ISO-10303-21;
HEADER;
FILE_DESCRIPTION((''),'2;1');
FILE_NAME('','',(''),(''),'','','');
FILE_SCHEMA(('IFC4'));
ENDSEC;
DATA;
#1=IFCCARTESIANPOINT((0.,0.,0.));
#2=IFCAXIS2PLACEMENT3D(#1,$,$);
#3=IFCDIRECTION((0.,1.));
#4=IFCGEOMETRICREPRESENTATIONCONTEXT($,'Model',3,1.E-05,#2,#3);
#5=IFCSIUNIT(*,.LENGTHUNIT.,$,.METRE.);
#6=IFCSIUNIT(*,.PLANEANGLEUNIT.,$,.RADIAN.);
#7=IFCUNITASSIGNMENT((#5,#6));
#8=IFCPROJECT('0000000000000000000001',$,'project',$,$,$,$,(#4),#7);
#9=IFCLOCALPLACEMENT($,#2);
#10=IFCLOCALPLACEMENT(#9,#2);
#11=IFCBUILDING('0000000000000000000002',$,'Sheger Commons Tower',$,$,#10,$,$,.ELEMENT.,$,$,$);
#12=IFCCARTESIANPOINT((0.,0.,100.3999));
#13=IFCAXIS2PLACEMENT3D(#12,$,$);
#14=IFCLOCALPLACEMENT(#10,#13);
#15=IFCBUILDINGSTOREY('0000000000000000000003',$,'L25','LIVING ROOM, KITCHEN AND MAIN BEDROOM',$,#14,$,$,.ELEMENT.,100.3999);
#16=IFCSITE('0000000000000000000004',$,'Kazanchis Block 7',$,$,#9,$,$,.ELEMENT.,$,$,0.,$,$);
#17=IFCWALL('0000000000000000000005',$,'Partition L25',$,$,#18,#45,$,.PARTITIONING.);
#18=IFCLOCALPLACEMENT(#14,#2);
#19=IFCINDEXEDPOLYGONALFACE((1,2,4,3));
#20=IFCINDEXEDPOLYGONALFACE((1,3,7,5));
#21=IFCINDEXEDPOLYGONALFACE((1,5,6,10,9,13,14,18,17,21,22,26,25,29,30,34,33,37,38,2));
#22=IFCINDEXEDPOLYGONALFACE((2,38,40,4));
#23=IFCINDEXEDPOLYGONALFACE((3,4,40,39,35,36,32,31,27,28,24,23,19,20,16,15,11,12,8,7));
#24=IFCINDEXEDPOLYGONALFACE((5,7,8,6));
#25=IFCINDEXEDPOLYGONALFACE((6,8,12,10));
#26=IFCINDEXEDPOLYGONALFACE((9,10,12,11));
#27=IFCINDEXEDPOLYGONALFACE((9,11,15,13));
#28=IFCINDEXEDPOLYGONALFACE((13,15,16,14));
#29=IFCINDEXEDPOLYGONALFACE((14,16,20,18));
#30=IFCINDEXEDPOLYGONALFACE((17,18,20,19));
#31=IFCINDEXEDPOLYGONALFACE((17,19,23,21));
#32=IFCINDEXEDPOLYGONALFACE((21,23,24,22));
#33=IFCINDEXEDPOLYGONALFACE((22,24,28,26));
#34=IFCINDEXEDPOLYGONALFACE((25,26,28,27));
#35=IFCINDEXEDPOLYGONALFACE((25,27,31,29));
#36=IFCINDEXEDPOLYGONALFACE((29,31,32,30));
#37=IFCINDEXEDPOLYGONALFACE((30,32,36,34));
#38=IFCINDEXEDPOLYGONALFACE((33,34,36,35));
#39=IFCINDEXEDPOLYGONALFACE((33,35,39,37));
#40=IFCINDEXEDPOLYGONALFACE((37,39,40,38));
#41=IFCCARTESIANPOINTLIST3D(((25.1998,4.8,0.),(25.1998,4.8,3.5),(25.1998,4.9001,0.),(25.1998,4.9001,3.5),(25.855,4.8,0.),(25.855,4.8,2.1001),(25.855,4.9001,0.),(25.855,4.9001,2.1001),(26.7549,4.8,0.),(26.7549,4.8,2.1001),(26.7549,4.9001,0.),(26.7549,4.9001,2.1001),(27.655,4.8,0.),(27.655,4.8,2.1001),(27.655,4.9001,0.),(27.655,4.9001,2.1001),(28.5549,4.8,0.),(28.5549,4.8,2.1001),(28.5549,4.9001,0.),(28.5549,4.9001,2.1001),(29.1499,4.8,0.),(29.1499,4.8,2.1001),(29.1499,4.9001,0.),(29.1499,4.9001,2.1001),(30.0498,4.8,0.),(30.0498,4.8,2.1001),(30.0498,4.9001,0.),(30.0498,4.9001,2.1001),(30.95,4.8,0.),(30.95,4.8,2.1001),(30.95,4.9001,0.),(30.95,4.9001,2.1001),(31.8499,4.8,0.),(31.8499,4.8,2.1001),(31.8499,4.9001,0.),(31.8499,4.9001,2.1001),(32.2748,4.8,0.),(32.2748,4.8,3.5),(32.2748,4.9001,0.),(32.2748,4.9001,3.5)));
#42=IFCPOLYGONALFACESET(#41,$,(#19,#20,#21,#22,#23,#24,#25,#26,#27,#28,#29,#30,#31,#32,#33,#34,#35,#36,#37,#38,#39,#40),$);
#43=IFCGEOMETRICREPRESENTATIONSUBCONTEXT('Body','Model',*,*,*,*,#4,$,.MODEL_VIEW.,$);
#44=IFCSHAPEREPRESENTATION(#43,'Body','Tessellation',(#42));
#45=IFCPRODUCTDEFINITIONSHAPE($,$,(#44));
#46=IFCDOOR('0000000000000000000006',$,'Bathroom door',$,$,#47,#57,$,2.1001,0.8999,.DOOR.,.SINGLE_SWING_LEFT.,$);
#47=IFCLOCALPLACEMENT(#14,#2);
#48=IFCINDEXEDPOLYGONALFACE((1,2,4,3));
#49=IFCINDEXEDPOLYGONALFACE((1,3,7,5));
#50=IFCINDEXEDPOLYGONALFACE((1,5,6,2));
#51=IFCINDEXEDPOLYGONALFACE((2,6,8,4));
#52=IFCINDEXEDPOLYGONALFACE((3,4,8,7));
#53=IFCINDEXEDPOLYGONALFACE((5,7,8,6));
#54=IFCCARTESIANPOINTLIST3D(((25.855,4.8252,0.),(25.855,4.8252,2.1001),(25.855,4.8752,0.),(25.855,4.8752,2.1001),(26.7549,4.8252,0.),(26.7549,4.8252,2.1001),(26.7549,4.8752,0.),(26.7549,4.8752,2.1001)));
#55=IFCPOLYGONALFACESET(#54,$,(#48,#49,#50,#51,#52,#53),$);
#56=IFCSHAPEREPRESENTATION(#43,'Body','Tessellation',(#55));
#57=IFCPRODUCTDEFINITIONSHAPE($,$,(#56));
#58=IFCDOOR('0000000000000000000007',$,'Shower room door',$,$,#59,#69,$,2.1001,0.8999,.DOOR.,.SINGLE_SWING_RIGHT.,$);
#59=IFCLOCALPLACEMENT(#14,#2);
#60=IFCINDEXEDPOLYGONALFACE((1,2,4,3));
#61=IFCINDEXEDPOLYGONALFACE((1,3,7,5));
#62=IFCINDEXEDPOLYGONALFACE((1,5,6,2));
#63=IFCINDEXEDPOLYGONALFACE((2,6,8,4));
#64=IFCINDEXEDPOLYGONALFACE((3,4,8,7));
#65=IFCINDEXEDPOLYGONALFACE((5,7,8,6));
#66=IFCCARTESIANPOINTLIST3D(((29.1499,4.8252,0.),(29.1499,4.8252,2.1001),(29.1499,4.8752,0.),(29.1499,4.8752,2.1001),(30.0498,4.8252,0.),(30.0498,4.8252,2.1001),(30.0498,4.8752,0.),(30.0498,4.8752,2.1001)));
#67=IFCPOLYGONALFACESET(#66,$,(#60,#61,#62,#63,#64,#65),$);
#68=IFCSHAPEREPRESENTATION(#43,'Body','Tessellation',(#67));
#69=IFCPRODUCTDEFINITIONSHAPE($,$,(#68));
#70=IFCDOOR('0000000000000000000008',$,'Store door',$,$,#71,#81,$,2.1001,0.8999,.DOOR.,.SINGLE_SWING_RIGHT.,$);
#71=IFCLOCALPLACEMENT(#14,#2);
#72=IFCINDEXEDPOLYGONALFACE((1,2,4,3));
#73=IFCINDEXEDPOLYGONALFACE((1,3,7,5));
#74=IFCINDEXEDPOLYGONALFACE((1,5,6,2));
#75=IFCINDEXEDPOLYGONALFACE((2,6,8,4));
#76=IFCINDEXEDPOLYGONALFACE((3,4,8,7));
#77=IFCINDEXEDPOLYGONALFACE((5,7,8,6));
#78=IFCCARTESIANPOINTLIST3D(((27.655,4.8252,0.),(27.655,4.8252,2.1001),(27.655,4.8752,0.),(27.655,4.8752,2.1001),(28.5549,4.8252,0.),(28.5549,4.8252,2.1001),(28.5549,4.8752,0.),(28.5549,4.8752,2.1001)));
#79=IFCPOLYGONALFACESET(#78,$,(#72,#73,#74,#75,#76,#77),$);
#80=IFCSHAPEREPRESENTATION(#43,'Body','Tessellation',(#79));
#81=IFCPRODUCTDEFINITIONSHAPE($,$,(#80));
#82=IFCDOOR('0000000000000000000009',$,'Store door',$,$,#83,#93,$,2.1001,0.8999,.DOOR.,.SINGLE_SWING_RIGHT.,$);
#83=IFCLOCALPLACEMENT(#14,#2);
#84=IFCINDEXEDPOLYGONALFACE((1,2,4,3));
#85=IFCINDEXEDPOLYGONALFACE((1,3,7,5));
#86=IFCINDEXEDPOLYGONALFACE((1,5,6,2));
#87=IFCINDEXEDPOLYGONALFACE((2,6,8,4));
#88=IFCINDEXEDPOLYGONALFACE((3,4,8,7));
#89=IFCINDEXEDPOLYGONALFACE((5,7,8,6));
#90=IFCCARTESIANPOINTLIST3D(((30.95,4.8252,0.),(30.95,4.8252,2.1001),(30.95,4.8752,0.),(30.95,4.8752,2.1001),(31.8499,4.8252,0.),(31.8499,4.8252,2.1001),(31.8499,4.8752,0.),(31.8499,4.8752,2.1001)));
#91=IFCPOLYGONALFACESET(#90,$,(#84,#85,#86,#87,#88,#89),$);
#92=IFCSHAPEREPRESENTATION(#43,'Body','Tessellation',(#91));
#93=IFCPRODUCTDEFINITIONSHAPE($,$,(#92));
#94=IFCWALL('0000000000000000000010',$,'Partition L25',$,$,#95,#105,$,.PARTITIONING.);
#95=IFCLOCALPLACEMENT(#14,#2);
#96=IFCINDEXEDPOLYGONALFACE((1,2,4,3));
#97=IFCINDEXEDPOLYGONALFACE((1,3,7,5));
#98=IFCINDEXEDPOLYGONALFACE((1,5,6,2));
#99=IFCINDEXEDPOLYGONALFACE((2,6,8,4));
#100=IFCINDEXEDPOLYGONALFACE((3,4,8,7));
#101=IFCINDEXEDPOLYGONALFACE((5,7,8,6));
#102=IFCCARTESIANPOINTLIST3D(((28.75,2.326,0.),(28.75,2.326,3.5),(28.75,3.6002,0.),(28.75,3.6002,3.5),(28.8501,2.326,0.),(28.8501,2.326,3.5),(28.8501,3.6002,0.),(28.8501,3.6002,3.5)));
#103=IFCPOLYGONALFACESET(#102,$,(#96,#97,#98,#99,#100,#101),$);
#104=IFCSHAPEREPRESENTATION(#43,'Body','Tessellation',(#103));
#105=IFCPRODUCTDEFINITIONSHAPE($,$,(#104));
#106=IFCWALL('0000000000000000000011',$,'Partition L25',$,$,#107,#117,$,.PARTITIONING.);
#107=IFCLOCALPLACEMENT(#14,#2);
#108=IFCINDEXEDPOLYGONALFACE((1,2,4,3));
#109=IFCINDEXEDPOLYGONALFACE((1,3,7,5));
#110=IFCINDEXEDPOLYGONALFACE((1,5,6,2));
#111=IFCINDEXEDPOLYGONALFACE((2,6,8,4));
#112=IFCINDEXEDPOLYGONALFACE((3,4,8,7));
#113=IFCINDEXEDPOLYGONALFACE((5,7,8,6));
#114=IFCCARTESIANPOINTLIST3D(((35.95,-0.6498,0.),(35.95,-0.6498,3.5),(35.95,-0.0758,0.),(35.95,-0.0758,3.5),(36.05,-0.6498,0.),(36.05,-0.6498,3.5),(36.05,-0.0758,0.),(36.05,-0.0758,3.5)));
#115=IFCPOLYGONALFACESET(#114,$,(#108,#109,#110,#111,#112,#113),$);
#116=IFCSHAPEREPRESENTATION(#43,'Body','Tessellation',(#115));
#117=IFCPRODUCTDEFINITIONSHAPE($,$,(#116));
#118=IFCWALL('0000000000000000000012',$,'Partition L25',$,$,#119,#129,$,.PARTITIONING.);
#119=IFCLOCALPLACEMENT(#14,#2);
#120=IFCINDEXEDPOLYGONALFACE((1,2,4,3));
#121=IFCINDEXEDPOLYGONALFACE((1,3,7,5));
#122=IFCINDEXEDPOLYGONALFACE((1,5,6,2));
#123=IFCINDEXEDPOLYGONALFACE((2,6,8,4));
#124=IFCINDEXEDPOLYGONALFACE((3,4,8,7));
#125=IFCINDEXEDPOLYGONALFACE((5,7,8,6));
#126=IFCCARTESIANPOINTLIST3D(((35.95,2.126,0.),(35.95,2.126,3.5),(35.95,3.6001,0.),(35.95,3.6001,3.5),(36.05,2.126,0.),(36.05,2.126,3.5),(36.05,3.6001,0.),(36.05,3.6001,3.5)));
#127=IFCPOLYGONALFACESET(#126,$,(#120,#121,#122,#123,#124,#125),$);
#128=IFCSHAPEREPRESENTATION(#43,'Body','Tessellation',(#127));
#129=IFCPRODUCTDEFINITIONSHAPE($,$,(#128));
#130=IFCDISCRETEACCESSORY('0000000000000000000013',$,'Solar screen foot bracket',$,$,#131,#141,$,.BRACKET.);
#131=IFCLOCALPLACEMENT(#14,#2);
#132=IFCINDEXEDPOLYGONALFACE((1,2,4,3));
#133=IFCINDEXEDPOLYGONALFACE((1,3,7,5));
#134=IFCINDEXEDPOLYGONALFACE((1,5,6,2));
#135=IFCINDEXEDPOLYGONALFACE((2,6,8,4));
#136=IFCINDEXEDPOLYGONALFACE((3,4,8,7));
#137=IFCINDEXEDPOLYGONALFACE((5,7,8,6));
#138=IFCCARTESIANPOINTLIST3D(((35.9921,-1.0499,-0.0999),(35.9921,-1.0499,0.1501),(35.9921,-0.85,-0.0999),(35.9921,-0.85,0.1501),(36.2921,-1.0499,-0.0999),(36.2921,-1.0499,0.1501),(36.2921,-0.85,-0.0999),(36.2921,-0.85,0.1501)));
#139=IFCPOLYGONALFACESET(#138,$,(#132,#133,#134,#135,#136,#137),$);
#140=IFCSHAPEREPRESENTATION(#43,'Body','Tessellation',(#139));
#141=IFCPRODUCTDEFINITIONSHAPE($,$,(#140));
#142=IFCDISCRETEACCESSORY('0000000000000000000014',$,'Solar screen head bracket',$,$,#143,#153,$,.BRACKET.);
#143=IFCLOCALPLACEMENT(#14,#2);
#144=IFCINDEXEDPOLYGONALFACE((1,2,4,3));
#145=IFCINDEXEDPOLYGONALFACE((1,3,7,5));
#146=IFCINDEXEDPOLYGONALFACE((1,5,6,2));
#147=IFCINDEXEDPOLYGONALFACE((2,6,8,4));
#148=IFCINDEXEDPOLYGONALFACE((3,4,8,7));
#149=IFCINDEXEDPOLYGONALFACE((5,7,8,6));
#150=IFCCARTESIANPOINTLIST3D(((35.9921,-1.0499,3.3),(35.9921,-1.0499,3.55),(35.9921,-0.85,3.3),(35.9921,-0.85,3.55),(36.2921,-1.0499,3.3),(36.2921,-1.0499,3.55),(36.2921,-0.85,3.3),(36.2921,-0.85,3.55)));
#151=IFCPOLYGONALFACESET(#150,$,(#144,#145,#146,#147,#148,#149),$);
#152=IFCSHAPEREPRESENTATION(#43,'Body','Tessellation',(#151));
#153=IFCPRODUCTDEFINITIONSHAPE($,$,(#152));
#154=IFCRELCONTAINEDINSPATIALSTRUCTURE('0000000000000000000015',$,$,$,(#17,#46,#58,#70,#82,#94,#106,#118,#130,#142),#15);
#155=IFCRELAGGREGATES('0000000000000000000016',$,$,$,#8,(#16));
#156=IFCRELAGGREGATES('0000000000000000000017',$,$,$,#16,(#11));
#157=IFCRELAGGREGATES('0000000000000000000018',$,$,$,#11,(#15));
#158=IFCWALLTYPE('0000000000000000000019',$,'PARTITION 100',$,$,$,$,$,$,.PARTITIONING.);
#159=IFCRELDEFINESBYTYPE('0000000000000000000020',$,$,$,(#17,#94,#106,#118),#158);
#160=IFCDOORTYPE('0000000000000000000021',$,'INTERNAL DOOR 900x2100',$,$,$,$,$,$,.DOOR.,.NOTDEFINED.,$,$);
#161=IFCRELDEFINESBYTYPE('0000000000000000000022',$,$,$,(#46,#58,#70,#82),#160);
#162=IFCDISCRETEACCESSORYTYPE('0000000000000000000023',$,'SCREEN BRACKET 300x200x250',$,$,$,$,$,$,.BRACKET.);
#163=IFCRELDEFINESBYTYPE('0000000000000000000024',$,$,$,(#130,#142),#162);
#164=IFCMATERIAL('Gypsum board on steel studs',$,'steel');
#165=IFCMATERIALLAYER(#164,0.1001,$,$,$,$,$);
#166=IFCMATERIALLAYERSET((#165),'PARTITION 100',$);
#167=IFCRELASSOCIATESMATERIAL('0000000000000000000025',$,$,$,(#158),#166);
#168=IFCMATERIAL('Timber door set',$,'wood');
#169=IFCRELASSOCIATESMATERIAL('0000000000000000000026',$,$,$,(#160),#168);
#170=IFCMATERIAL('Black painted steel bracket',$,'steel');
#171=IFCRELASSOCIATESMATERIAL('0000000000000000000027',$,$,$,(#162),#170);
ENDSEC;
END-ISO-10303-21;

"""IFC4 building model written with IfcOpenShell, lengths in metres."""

from ifc_helpers import new_model, si_unit, direction, frame, frame_2d, origin, origin_2d, place, context, subcontext, project, spatial, rectangle, extrude, material, layer, layer_set, type_object, element, fill, save


model = new_model("IFC4")

# Units and contexts
model_context = context("Model", 3, precision=1e-05, world=origin(), true_north=direction((0.0, 1.0)))
body_context = subcontext(model_context, "Body", "Model", "MODEL_VIEW")
ifc_project = project(units=[si_unit("LENGTHUNIT", "METRE"), si_unit("PLANEANGLEUNIT", "RADIAN")], contexts=[model_context])

# Site, building, storey
site_placement = place(None, origin())
site = spatial("IfcSite", under=ifc_project, at=site_placement, Name="Kazanchis Block 7", CompositionType="ELEMENT", RefElevation=0.0)
building_placement = place(site_placement, origin())
building = spatial("IfcBuilding", under=site, at=building_placement, Name="Sheger Commons Tower", CompositionType="ELEMENT")
storey_placement = place(building_placement, frame((0.0, 0.0, 100.3999)))
storey = spatial("IfcBuildingStorey", under=building, at=storey_placement, Name="L25", Description="LIVING ROOM, KITCHEN AND MAIN BEDROOM", CompositionType="ELEMENT", Elevation=100.3999)

# Wall, openings, doors
ifc_material_1 = material(Name="Gypsum board on steel studs", Category="steel")
ifc_layer_1 = layer(ifc_material_1, 0.1001)
ifc_layer_set_1 = layer_set([ifc_layer_1], Name="PARTITION 100")
wall_type_1 = type_object("IfcWallType", Name="PARTITION 100", PredefinedType="PARTITIONING", material=ifc_layer_set_1)
ifc_material_2 = material(Name="Timber door set", Category="wood")
door_type = type_object("IfcDoorType", Name="INTERNAL DOOR 900x2100", OperationType="NOTDEFINED", PredefinedType="DOOR", material=ifc_material_2)
wall_1_placement = place(storey_placement, frame((32.2749, 4.8501, 0.0), z_axis=(0.0, 0.0, 1.0), x_axis=(-1.0, 0.0, 0.0)))
wall_1 = element("IfcWall", 1, at=wall_1_placement, inside=storey, type_object=wall_type_1, Name="Partition L25", PredefinedType="PARTITIONING", context=body_context, shape_type="SweptSolid", body=[
    extrude(rectangle(XDim=7.075, YDim=0.1001, at=frame_2d((3.5376, 0.0))), origin(), (0.0, 0.0, 1.0), 3.5),
])
opening_1_placement = place(wall_1_placement, frame((5.52, 0.0, 0.0)))
opening_1 = element("IfcOpeningElement", 2, at=opening_1_placement, cuts=wall_1, PredefinedType="OPENING", context=body_context, shape_type="SweptSolid", body=[
    extrude(rectangle(XDim=0.8999, YDim=2.1001, at=frame_2d((0.45, 1.05))), frame((0.0, 0.0601, 0.0), z_axis=(0.0, -1.0, 0.0), x_axis=(1.0, 0.0, 0.0)), (0.0, 0.0, 1.0), 0.1201),
])
opening_2_placement = place(wall_1_placement, frame((2.2251, 0.0, 0.0)))
opening_2 = element("IfcOpeningElement", 3, at=opening_2_placement, cuts=wall_1, PredefinedType="OPENING", context=body_context, shape_type="SweptSolid", body=[
    extrude(rectangle(XDim=0.8999, YDim=2.1001, at=frame_2d((0.45, 1.05))), frame((0.0, 0.0601, 0.0), z_axis=(0.0, -1.0, 0.0), x_axis=(1.0, 0.0, 0.0)), (0.0, 0.0, 1.0), 0.1201),
])
opening_3_placement = place(wall_1_placement, frame((3.72, 0.0, 0.0)))
opening_3 = element("IfcOpeningElement", 4, at=opening_3_placement, cuts=wall_1, PredefinedType="OPENING", context=body_context, shape_type="SweptSolid", body=[
    extrude(rectangle(XDim=0.8999, YDim=2.1001, at=frame_2d((0.45, 1.05))), frame((0.0, 0.0601, 0.0), z_axis=(0.0, -1.0, 0.0), x_axis=(1.0, 0.0, 0.0)), (0.0, 0.0, 1.0), 0.1201),
])
opening_4_placement = place(wall_1_placement, frame((0.425, 0.0, 0.0)))
opening_4 = element("IfcOpeningElement", 5, at=opening_4_placement, cuts=wall_1, PredefinedType="OPENING", context=body_context, shape_type="SweptSolid", body=[
    extrude(rectangle(XDim=0.8999, YDim=2.1001, at=frame_2d((0.45, 1.05))), frame((0.0, 0.0601, 0.0), z_axis=(0.0, -1.0, 0.0), x_axis=(1.0, 0.0, 0.0)), (0.0, 0.0, 1.0), 0.1201),
])
door_1_placement = place(opening_1_placement, origin())
door_1 = element("IfcDoor", 6, at=door_1_placement, inside=storey, type_object=door_type, Name="Bathroom door", OperationType="SINGLE_SWING_LEFT", OverallHeight=2.1001, OverallWidth=0.8999, PredefinedType="DOOR", context=body_context, shape_type="SweptSolid", body=[
    extrude(rectangle(XDim=0.8999, YDim=2.1001, at=frame_2d((0.45, 1.05))), frame((0.0, 0.0249, 0.0), z_axis=(0.0, -1.0, 0.0), x_axis=(1.0, 0.0, 0.0)), (0.0, 0.0, 1.0), 0.05),
])
fill(opening_1, door_1)
door_2_placement = place(opening_2_placement, origin())
door_2 = element("IfcDoor", 7, at=door_2_placement, inside=storey, type_object=door_type, Name="Shower room door", OperationType="SINGLE_SWING_RIGHT", OverallHeight=2.1001, OverallWidth=0.8999, PredefinedType="DOOR", context=body_context, shape_type="SweptSolid", body=[
    extrude(rectangle(XDim=0.8999, YDim=2.1001, at=frame_2d((0.45, 1.05))), frame((0.0, 0.0249, 0.0), z_axis=(0.0, -1.0, 0.0), x_axis=(1.0, 0.0, 0.0)), (0.0, 0.0, 1.0), 0.05),
])
fill(opening_2, door_2)
door_3_placement = place(opening_3_placement, origin())
door_3 = element("IfcDoor", 8, at=door_3_placement, inside=storey, type_object=door_type, Name="Store door", OperationType="SINGLE_SWING_RIGHT", OverallHeight=2.1001, OverallWidth=0.8999, PredefinedType="DOOR", context=body_context, shape_type="SweptSolid", body=[
    extrude(rectangle(XDim=0.8999, YDim=2.1001, at=frame_2d((0.45, 1.05))), frame((0.0, 0.0249, 0.0), z_axis=(0.0, -1.0, 0.0), x_axis=(1.0, 0.0, 0.0)), (0.0, 0.0, 1.0), 0.05),
])
fill(opening_3, door_3)
door_4_placement = place(opening_4_placement, origin())
door_4 = element("IfcDoor", 9, at=door_4_placement, inside=storey, type_object=door_type, Name="Store door", OperationType="SINGLE_SWING_RIGHT", OverallHeight=2.1001, OverallWidth=0.8999, PredefinedType="DOOR", context=body_context, shape_type="SweptSolid", body=[
    extrude(rectangle(XDim=0.8999, YDim=2.1001, at=frame_2d((0.45, 1.05))), frame((0.0, 0.0249, 0.0), z_axis=(0.0, -1.0, 0.0), x_axis=(1.0, 0.0, 0.0)), (0.0, 0.0, 1.0), 0.05),
])
fill(opening_4, door_4)

# Walls
wall_2_placement = place(storey_placement, frame((28.8, 2.3259, 0.0), z_axis=(0.0, 0.0, 1.0), x_axis=(0.0, 1.0, 0.0)))
element("IfcWall", 10, at=wall_2_placement, inside=storey, type_object=wall_type_1, Name="Partition L25", PredefinedType="PARTITIONING", context=body_context, shape_type="SweptSolid", body=[
    extrude(rectangle(XDim=1.2742, YDim=0.1001, at=frame_2d((0.6372, 0.0))), origin(), (0.0, 0.0, 1.0), 3.5),
])
wall_3_placement = place(storey_placement, frame((36.0, -0.6499, 0.0), z_axis=(0.0, 0.0, 1.0), x_axis=(0.0, 1.0, 0.0)))
element("IfcWall", 11, at=wall_3_placement, inside=storey, type_object=wall_type_1, Name="Partition L25", PredefinedType="PARTITIONING", context=body_context, shape_type="SweptSolid", body=[
    extrude(rectangle(XDim=0.574, YDim=0.1001, at=frame_2d((0.2871, 0.0))), origin(), (0.0, 0.0, 1.0), 3.5),
])
wall_4_placement = place(storey_placement, frame((36.0, 2.126, 0.0), z_axis=(0.0, 0.0, 1.0), x_axis=(0.0, 1.0, 0.0)))
element("IfcWall", 12, at=wall_4_placement, inside=storey, type_object=wall_type_1, Name="Partition L25", PredefinedType="PARTITIONING", context=body_context, shape_type="SweptSolid", body=[
    extrude(rectangle(XDim=1.4741, YDim=0.1001, at=frame_2d((0.7371, 0.0))), origin(), (0.0, 0.0, 1.0), 3.5),
])

# Discrete accessories
ifc_material_3 = material(Name="Black painted steel bracket", Category="steel")
discrete_accessory_type = type_object("IfcDiscreteAccessoryType", Name="SCREEN BRACKET 300x200x250", PredefinedType="BRACKET", material=ifc_material_3)
for number, where, z_axis, x_axis, name in (
    (13, (36.1421, -0.95, -0.0999), (0.0, 0.0, 1.0), (1.0, 0.0, 0.0), "Solar screen foot bracket"),
    (14, (36.1421, -0.95, 3.3), (0.0, 0.0, 1.0), (1.0, 0.0, 0.0), "Solar screen head bracket"),
):
    element("IfcDiscreteAccessory", number, at=place(storey_placement, frame(where, z_axis=z_axis, x_axis=x_axis)), inside=storey, type_object=discrete_accessory_type, Name=name, PredefinedType="BRACKET", context=body_context, shape_type="SweptSolid", body=[
        extrude(rectangle(XDim=0.3, YDim=0.2, at=origin_2d()), origin(), (0.0, 0.0, 1.0), 0.25),
    ])

save(model, "model.ifc")
